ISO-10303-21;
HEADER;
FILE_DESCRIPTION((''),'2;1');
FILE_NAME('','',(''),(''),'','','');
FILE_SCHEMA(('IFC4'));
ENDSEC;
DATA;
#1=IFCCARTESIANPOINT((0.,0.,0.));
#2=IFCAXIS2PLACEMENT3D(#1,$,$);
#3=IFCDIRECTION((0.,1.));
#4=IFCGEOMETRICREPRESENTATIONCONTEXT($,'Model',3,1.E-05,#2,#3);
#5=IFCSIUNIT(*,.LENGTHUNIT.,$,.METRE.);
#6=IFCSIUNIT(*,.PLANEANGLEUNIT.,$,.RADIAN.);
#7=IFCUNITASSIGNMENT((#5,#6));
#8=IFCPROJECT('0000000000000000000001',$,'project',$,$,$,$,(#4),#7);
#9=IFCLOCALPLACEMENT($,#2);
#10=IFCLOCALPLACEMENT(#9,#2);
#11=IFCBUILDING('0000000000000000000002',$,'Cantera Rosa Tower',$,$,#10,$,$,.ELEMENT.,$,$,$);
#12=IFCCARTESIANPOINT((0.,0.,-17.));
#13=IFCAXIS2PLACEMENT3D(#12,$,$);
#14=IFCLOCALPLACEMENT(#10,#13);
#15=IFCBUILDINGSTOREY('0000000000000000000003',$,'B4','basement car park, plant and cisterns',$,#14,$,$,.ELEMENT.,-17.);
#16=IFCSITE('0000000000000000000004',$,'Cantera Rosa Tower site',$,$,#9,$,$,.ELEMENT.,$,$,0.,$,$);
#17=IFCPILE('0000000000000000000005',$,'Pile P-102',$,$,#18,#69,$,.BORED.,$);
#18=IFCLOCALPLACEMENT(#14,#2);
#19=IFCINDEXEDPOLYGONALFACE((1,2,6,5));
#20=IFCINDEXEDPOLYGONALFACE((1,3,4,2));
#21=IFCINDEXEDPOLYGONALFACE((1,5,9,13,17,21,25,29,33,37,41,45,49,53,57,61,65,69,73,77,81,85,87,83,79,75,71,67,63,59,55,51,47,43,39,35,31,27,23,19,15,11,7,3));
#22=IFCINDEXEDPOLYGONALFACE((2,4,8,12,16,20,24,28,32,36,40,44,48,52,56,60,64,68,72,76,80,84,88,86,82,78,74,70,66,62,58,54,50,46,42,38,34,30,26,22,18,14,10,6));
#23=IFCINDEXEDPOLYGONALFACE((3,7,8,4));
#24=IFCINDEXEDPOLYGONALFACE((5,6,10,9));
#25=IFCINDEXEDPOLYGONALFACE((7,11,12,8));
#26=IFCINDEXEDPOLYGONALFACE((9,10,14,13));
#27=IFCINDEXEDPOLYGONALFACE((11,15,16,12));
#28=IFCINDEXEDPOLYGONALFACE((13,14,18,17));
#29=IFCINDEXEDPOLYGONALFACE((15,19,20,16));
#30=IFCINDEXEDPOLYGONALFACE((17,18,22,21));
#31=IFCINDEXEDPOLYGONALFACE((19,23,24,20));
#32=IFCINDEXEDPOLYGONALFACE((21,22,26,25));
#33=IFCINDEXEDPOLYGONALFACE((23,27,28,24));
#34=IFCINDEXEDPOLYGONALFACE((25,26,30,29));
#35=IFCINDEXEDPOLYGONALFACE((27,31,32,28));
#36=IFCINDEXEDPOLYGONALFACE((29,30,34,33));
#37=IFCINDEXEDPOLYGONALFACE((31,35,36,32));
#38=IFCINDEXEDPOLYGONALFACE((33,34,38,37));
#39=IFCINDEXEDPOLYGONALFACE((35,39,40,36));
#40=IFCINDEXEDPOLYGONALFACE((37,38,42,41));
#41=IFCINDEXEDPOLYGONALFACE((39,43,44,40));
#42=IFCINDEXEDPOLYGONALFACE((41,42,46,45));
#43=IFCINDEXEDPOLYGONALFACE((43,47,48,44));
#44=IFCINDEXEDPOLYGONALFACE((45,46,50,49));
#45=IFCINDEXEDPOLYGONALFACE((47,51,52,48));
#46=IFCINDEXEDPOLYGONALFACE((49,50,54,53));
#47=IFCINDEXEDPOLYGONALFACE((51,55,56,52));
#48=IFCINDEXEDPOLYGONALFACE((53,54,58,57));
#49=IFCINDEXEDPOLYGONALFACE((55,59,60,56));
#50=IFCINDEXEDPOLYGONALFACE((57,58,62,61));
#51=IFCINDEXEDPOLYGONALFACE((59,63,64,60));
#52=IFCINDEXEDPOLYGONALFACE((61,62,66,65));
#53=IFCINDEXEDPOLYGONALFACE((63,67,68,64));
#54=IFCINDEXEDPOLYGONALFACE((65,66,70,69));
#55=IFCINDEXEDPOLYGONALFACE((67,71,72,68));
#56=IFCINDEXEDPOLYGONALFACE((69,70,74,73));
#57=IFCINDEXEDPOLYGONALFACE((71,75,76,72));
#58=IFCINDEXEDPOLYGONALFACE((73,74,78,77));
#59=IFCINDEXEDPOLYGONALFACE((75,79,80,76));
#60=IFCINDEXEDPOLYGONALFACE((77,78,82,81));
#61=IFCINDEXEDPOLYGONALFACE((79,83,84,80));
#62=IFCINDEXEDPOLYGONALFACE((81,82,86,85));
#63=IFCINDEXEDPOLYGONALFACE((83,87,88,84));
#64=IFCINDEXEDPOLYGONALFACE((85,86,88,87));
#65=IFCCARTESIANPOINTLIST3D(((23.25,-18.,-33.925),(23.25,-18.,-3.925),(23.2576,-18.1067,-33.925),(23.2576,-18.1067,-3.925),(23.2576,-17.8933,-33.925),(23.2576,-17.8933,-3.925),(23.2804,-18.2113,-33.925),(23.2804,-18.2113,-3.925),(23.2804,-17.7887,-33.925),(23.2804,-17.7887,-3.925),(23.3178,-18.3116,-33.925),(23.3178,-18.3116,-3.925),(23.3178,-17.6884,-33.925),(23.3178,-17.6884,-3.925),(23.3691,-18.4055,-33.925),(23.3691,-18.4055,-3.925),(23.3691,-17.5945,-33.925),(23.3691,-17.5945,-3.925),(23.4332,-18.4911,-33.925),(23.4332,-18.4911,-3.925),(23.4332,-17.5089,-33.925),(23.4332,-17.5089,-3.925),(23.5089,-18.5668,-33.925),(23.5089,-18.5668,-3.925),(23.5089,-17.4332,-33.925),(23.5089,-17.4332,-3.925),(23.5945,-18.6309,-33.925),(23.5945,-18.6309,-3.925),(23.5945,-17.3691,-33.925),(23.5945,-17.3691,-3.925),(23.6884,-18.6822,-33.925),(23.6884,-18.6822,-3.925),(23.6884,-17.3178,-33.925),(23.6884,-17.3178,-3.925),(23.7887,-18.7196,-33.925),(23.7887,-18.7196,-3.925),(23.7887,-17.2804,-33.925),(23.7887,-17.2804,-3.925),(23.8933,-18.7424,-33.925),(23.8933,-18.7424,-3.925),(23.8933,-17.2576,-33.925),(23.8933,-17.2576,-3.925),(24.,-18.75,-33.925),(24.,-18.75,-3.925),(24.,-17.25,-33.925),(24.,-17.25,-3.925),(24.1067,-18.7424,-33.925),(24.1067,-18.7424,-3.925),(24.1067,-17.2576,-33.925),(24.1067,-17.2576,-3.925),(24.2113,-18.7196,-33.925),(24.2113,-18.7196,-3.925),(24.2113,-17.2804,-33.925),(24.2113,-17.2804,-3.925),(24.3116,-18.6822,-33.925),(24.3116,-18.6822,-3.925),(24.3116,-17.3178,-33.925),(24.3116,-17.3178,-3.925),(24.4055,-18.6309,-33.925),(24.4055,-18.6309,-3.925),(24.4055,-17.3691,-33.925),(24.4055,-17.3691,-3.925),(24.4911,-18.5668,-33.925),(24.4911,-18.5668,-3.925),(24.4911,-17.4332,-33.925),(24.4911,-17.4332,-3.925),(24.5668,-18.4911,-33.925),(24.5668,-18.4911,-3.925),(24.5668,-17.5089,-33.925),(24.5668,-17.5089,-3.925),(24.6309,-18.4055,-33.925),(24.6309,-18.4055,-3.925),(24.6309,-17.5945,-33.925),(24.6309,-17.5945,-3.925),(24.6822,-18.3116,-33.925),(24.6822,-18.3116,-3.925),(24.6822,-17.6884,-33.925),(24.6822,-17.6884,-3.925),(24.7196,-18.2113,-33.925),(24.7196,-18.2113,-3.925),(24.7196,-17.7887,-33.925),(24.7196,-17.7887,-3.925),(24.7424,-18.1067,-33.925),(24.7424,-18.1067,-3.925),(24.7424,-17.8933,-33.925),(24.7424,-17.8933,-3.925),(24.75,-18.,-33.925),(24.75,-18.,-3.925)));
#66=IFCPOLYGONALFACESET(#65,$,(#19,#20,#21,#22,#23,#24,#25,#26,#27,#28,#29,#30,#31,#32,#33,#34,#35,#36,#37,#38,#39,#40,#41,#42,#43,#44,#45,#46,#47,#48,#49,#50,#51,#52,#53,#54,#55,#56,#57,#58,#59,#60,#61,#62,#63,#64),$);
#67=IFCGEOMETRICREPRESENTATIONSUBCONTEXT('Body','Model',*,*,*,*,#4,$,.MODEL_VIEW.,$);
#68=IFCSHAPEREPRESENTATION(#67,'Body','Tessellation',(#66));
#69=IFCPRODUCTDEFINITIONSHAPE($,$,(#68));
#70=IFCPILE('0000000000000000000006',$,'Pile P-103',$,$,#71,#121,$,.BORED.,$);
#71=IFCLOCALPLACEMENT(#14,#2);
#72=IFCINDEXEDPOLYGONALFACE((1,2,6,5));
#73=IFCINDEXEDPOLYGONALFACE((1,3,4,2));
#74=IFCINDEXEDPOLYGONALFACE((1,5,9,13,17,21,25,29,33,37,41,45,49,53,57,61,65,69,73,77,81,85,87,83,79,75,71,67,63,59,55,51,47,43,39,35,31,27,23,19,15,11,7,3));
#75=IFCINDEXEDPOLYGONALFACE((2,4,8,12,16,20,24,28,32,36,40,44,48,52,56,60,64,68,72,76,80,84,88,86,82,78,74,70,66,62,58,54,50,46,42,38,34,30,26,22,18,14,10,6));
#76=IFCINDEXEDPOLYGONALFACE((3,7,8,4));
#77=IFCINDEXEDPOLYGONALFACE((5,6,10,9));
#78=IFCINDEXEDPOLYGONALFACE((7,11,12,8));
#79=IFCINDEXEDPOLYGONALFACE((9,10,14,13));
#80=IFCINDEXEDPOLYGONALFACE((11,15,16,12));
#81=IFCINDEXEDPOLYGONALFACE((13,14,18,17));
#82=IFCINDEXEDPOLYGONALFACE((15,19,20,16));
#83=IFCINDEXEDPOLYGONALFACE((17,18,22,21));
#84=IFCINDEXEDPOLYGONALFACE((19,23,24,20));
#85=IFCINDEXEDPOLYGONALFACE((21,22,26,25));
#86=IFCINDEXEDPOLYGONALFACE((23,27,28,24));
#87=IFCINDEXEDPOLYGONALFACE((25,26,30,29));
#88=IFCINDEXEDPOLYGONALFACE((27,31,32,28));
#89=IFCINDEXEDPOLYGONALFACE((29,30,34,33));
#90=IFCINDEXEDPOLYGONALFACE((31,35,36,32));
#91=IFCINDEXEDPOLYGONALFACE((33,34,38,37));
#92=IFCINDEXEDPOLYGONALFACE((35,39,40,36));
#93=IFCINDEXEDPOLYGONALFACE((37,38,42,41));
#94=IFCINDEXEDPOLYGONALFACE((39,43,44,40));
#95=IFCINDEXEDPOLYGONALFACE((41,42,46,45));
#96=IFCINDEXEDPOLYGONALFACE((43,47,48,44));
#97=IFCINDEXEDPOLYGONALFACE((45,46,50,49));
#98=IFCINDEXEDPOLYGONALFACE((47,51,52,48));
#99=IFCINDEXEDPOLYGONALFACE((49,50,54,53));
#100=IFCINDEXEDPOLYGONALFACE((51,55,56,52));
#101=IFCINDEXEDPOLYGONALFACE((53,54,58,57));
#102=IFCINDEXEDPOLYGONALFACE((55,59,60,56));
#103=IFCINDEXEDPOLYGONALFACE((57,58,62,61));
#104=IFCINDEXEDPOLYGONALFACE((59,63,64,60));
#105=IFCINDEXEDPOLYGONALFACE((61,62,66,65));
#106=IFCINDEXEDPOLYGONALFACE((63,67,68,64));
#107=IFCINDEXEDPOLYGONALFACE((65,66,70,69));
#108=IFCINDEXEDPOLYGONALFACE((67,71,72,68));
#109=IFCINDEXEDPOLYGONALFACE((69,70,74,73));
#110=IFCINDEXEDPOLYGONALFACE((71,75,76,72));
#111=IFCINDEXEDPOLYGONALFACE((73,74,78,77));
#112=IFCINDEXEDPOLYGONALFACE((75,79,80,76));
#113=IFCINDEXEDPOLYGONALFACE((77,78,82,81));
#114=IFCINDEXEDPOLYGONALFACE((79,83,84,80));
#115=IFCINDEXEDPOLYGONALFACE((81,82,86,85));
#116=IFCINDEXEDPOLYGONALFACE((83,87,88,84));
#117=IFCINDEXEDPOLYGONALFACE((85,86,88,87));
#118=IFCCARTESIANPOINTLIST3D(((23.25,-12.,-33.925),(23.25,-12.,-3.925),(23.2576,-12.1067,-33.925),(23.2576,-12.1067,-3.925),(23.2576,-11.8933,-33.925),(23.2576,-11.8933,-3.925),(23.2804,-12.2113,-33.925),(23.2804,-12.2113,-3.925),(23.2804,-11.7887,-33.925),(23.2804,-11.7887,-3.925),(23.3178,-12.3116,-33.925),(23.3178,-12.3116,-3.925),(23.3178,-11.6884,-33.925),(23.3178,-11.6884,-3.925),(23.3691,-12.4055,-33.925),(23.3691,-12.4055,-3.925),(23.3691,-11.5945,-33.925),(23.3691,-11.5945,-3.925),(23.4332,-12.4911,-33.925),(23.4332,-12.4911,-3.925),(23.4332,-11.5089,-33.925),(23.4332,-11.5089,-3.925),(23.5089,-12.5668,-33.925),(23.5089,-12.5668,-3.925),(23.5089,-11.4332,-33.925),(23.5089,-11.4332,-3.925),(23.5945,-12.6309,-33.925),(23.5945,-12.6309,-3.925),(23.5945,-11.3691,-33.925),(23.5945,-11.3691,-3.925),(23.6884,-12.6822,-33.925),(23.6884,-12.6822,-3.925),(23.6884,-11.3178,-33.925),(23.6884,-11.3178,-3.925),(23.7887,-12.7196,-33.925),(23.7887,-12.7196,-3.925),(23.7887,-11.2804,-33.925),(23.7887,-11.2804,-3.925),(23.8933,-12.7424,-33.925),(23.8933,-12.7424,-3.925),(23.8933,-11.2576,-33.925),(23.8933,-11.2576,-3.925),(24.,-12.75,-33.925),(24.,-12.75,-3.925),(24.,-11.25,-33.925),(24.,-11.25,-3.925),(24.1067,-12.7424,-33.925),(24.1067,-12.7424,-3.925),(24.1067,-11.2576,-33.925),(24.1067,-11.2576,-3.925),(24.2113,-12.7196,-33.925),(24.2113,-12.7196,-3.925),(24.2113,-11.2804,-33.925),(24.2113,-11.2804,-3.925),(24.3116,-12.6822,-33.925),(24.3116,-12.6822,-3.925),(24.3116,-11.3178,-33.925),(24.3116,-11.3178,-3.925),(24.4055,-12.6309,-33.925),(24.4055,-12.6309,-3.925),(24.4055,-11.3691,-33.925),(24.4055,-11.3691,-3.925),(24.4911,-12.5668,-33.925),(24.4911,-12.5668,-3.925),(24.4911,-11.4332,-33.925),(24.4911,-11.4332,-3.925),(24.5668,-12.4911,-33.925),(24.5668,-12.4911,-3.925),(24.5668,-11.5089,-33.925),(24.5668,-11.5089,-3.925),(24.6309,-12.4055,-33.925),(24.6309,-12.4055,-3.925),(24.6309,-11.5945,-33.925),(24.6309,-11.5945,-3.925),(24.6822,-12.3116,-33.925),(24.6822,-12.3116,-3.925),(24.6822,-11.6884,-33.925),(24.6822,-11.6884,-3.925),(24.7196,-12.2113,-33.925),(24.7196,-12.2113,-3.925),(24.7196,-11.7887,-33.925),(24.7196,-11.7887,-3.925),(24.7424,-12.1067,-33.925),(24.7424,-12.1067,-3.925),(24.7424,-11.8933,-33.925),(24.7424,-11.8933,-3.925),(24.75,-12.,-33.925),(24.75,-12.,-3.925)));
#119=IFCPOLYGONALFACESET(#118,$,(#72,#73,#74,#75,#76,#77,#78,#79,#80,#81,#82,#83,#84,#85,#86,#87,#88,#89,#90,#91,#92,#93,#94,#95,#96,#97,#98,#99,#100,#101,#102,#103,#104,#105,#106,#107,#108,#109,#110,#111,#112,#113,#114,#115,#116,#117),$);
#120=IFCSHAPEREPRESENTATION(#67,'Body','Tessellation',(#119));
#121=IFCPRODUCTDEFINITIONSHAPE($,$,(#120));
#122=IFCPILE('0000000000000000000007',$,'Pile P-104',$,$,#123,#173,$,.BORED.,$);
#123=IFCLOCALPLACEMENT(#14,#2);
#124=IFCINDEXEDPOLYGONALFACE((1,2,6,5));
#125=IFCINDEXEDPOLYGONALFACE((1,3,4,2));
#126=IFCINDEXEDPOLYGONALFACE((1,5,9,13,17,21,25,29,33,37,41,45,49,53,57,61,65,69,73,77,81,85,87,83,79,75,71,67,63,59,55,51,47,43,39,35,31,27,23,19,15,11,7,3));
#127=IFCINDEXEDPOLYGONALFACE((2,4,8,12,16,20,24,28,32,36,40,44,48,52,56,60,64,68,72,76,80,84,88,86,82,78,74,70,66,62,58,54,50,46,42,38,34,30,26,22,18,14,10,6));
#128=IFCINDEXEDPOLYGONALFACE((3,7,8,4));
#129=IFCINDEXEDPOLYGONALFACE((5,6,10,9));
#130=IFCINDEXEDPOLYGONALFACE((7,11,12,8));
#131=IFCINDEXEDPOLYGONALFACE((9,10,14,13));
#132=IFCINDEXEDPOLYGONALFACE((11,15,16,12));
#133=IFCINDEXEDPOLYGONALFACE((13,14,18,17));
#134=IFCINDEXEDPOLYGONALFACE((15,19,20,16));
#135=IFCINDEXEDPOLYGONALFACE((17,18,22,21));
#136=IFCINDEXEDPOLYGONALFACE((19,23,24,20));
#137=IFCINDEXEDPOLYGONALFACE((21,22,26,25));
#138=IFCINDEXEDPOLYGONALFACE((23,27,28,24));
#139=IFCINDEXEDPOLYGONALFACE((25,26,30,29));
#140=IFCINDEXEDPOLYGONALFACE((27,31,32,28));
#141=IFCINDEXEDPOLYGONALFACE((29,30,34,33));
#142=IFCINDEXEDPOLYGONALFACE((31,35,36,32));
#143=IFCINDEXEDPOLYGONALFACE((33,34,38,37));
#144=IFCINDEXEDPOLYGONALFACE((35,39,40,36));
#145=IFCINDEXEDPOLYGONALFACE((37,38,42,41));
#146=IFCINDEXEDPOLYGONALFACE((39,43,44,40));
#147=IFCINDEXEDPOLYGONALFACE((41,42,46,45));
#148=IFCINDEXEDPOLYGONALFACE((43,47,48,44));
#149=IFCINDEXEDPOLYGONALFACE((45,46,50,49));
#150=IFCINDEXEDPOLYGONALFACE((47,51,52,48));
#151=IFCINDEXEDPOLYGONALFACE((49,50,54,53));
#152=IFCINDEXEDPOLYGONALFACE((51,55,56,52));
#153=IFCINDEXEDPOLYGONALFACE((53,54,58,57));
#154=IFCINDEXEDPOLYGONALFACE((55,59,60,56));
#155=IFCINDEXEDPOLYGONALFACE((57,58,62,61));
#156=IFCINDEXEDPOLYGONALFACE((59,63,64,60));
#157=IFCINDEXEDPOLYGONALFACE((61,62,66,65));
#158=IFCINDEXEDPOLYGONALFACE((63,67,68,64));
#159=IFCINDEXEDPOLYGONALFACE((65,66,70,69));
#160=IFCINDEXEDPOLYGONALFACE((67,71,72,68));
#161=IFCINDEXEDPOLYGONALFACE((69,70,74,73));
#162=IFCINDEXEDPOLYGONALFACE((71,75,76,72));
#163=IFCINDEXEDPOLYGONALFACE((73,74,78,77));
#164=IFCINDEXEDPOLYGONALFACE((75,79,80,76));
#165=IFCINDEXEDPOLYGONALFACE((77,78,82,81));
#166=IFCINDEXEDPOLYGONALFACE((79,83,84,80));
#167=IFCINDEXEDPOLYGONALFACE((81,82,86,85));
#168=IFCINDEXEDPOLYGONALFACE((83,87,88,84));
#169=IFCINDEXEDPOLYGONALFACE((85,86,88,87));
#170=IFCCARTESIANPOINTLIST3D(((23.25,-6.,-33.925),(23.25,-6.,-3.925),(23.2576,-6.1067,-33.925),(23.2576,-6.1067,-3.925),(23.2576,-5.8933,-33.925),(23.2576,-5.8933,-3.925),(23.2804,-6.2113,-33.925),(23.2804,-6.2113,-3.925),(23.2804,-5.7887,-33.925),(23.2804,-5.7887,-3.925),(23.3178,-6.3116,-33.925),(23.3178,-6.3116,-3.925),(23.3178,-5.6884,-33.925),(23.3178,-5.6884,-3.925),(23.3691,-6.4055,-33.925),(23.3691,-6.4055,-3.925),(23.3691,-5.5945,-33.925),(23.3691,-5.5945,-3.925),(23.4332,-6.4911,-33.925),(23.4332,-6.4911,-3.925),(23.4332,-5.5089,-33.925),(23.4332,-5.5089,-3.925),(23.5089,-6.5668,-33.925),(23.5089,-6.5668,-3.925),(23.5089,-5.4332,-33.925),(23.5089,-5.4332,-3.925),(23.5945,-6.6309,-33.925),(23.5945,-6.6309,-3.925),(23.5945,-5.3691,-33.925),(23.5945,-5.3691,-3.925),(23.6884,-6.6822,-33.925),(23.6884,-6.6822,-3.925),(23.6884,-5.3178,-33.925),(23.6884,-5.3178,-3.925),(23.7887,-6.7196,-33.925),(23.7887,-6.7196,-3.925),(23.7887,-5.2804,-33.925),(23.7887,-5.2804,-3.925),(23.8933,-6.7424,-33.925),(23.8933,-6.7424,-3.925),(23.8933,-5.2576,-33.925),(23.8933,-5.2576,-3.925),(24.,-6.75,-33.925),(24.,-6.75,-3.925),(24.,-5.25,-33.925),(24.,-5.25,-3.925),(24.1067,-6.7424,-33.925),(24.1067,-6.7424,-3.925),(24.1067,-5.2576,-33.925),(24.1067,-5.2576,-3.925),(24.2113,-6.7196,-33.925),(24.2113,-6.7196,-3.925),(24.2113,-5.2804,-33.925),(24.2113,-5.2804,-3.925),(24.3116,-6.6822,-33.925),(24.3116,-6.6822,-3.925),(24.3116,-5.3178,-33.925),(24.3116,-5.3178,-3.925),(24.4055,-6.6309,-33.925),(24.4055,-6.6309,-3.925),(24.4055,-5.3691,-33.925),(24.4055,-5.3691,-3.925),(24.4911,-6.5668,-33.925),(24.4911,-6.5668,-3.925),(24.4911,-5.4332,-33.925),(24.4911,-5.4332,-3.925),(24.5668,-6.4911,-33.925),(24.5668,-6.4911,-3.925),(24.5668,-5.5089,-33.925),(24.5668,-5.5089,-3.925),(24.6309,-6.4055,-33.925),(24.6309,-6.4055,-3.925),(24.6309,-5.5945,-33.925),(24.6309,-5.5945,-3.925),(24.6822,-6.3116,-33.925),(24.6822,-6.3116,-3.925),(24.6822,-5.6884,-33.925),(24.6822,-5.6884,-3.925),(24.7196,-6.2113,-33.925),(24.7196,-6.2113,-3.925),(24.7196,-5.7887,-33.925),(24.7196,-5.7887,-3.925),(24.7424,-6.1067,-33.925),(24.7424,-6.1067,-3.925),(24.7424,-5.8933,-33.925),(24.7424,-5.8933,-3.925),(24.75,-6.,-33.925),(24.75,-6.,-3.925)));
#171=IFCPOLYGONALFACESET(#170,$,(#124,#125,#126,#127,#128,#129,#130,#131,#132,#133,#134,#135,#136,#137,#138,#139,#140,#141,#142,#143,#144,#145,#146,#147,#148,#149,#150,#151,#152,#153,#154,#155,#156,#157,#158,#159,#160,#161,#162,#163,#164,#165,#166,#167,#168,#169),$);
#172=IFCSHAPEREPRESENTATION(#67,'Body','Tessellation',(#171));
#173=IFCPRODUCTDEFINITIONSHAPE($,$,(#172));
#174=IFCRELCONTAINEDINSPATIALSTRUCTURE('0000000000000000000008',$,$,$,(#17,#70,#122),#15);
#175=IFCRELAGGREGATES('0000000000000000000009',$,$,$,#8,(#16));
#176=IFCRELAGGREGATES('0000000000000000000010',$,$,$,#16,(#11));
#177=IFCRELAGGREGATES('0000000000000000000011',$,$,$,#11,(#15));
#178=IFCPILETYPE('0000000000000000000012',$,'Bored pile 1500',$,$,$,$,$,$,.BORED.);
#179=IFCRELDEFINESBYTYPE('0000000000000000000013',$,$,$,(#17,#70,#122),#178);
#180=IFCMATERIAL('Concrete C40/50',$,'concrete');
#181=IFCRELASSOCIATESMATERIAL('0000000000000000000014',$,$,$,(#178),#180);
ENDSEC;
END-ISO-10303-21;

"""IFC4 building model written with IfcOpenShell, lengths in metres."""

from ifc_helpers import new_model, si_unit, direction, frame, origin, origin_2d, place, context, subcontext, project, spatial, circle, extrude, material, material_profile, profile_set, type_object, element, save


model = new_model("IFC4")

# Units and contexts
model_context = context("Model", 3, precision=1e-05, world=origin(), true_north=direction((0.0, 1.0)))
body_context = subcontext(model_context, "Body", "Model", "MODEL_VIEW")
ifc_project = project(units=[si_unit("LENGTHUNIT", "METRE"), si_unit("PLANEANGLEUNIT", "RADIAN")], contexts=[model_context])

# Site, building, storey
site_placement = place(None, origin())
site = spatial("IfcSite", under=ifc_project, at=site_placement, Name="Cantera Rosa Tower site", CompositionType="ELEMENT", RefElevation=0.0)
building_placement = place(site_placement, origin())
building = spatial("IfcBuilding", under=site, at=building_placement, Name="Cantera Rosa Tower", CompositionType="ELEMENT")
storey_placement = place(building_placement, frame((0.0, 0.0, -17.0)))
storey = spatial("IfcBuildingStorey", under=building, at=storey_placement, Name="B4", Description="basement car park, plant and cisterns", CompositionType="ELEMENT", Elevation=-17.0)

# Piles
ifc_material_1 = material(Name="Concrete C40/50", Category="concrete")
ifc_material_profile_1 = material_profile(ifc_material_1, circle(Radius=0.75, at=origin_2d()), Name="Bored pile 1500")
ifc_profile_set_1 = profile_set([ifc_material_profile_1], Name="Concrete C40/50")
pile_type = type_object("IfcPileType", Name="Bored pile 1500", PredefinedType="BORED", material=ifc_profile_set_1)
for number, where, z_axis, x_axis, name in (
    (1, (24.0, -18.0, -3.925), (0.0, 0.0, -1.0), (1.0, 0.0, 0.0), "Pile P-102"),
    (2, (24.0, -12.0, -3.925), (0.0, 0.0, -1.0), (1.0, 0.0, 0.0), "Pile P-103"),
    (3, (24.0, -6.0, -3.925), (0.0, 0.0, -1.0), (1.0, 0.0, 0.0), "Pile P-104"),
):
    element("IfcPile", number, at=place(storey_placement, frame(where, z_axis=z_axis, x_axis=x_axis)), inside=storey, type_object=pile_type, Name=name, PredefinedType="BORED", context=body_context, shape_type="SweptSolid", body=[
        extrude(circle(Radius=0.75, at=origin_2d()), origin(), (0.0, 0.0, 1.0), 30.0),
    ])

save(model, "model.ifc")
